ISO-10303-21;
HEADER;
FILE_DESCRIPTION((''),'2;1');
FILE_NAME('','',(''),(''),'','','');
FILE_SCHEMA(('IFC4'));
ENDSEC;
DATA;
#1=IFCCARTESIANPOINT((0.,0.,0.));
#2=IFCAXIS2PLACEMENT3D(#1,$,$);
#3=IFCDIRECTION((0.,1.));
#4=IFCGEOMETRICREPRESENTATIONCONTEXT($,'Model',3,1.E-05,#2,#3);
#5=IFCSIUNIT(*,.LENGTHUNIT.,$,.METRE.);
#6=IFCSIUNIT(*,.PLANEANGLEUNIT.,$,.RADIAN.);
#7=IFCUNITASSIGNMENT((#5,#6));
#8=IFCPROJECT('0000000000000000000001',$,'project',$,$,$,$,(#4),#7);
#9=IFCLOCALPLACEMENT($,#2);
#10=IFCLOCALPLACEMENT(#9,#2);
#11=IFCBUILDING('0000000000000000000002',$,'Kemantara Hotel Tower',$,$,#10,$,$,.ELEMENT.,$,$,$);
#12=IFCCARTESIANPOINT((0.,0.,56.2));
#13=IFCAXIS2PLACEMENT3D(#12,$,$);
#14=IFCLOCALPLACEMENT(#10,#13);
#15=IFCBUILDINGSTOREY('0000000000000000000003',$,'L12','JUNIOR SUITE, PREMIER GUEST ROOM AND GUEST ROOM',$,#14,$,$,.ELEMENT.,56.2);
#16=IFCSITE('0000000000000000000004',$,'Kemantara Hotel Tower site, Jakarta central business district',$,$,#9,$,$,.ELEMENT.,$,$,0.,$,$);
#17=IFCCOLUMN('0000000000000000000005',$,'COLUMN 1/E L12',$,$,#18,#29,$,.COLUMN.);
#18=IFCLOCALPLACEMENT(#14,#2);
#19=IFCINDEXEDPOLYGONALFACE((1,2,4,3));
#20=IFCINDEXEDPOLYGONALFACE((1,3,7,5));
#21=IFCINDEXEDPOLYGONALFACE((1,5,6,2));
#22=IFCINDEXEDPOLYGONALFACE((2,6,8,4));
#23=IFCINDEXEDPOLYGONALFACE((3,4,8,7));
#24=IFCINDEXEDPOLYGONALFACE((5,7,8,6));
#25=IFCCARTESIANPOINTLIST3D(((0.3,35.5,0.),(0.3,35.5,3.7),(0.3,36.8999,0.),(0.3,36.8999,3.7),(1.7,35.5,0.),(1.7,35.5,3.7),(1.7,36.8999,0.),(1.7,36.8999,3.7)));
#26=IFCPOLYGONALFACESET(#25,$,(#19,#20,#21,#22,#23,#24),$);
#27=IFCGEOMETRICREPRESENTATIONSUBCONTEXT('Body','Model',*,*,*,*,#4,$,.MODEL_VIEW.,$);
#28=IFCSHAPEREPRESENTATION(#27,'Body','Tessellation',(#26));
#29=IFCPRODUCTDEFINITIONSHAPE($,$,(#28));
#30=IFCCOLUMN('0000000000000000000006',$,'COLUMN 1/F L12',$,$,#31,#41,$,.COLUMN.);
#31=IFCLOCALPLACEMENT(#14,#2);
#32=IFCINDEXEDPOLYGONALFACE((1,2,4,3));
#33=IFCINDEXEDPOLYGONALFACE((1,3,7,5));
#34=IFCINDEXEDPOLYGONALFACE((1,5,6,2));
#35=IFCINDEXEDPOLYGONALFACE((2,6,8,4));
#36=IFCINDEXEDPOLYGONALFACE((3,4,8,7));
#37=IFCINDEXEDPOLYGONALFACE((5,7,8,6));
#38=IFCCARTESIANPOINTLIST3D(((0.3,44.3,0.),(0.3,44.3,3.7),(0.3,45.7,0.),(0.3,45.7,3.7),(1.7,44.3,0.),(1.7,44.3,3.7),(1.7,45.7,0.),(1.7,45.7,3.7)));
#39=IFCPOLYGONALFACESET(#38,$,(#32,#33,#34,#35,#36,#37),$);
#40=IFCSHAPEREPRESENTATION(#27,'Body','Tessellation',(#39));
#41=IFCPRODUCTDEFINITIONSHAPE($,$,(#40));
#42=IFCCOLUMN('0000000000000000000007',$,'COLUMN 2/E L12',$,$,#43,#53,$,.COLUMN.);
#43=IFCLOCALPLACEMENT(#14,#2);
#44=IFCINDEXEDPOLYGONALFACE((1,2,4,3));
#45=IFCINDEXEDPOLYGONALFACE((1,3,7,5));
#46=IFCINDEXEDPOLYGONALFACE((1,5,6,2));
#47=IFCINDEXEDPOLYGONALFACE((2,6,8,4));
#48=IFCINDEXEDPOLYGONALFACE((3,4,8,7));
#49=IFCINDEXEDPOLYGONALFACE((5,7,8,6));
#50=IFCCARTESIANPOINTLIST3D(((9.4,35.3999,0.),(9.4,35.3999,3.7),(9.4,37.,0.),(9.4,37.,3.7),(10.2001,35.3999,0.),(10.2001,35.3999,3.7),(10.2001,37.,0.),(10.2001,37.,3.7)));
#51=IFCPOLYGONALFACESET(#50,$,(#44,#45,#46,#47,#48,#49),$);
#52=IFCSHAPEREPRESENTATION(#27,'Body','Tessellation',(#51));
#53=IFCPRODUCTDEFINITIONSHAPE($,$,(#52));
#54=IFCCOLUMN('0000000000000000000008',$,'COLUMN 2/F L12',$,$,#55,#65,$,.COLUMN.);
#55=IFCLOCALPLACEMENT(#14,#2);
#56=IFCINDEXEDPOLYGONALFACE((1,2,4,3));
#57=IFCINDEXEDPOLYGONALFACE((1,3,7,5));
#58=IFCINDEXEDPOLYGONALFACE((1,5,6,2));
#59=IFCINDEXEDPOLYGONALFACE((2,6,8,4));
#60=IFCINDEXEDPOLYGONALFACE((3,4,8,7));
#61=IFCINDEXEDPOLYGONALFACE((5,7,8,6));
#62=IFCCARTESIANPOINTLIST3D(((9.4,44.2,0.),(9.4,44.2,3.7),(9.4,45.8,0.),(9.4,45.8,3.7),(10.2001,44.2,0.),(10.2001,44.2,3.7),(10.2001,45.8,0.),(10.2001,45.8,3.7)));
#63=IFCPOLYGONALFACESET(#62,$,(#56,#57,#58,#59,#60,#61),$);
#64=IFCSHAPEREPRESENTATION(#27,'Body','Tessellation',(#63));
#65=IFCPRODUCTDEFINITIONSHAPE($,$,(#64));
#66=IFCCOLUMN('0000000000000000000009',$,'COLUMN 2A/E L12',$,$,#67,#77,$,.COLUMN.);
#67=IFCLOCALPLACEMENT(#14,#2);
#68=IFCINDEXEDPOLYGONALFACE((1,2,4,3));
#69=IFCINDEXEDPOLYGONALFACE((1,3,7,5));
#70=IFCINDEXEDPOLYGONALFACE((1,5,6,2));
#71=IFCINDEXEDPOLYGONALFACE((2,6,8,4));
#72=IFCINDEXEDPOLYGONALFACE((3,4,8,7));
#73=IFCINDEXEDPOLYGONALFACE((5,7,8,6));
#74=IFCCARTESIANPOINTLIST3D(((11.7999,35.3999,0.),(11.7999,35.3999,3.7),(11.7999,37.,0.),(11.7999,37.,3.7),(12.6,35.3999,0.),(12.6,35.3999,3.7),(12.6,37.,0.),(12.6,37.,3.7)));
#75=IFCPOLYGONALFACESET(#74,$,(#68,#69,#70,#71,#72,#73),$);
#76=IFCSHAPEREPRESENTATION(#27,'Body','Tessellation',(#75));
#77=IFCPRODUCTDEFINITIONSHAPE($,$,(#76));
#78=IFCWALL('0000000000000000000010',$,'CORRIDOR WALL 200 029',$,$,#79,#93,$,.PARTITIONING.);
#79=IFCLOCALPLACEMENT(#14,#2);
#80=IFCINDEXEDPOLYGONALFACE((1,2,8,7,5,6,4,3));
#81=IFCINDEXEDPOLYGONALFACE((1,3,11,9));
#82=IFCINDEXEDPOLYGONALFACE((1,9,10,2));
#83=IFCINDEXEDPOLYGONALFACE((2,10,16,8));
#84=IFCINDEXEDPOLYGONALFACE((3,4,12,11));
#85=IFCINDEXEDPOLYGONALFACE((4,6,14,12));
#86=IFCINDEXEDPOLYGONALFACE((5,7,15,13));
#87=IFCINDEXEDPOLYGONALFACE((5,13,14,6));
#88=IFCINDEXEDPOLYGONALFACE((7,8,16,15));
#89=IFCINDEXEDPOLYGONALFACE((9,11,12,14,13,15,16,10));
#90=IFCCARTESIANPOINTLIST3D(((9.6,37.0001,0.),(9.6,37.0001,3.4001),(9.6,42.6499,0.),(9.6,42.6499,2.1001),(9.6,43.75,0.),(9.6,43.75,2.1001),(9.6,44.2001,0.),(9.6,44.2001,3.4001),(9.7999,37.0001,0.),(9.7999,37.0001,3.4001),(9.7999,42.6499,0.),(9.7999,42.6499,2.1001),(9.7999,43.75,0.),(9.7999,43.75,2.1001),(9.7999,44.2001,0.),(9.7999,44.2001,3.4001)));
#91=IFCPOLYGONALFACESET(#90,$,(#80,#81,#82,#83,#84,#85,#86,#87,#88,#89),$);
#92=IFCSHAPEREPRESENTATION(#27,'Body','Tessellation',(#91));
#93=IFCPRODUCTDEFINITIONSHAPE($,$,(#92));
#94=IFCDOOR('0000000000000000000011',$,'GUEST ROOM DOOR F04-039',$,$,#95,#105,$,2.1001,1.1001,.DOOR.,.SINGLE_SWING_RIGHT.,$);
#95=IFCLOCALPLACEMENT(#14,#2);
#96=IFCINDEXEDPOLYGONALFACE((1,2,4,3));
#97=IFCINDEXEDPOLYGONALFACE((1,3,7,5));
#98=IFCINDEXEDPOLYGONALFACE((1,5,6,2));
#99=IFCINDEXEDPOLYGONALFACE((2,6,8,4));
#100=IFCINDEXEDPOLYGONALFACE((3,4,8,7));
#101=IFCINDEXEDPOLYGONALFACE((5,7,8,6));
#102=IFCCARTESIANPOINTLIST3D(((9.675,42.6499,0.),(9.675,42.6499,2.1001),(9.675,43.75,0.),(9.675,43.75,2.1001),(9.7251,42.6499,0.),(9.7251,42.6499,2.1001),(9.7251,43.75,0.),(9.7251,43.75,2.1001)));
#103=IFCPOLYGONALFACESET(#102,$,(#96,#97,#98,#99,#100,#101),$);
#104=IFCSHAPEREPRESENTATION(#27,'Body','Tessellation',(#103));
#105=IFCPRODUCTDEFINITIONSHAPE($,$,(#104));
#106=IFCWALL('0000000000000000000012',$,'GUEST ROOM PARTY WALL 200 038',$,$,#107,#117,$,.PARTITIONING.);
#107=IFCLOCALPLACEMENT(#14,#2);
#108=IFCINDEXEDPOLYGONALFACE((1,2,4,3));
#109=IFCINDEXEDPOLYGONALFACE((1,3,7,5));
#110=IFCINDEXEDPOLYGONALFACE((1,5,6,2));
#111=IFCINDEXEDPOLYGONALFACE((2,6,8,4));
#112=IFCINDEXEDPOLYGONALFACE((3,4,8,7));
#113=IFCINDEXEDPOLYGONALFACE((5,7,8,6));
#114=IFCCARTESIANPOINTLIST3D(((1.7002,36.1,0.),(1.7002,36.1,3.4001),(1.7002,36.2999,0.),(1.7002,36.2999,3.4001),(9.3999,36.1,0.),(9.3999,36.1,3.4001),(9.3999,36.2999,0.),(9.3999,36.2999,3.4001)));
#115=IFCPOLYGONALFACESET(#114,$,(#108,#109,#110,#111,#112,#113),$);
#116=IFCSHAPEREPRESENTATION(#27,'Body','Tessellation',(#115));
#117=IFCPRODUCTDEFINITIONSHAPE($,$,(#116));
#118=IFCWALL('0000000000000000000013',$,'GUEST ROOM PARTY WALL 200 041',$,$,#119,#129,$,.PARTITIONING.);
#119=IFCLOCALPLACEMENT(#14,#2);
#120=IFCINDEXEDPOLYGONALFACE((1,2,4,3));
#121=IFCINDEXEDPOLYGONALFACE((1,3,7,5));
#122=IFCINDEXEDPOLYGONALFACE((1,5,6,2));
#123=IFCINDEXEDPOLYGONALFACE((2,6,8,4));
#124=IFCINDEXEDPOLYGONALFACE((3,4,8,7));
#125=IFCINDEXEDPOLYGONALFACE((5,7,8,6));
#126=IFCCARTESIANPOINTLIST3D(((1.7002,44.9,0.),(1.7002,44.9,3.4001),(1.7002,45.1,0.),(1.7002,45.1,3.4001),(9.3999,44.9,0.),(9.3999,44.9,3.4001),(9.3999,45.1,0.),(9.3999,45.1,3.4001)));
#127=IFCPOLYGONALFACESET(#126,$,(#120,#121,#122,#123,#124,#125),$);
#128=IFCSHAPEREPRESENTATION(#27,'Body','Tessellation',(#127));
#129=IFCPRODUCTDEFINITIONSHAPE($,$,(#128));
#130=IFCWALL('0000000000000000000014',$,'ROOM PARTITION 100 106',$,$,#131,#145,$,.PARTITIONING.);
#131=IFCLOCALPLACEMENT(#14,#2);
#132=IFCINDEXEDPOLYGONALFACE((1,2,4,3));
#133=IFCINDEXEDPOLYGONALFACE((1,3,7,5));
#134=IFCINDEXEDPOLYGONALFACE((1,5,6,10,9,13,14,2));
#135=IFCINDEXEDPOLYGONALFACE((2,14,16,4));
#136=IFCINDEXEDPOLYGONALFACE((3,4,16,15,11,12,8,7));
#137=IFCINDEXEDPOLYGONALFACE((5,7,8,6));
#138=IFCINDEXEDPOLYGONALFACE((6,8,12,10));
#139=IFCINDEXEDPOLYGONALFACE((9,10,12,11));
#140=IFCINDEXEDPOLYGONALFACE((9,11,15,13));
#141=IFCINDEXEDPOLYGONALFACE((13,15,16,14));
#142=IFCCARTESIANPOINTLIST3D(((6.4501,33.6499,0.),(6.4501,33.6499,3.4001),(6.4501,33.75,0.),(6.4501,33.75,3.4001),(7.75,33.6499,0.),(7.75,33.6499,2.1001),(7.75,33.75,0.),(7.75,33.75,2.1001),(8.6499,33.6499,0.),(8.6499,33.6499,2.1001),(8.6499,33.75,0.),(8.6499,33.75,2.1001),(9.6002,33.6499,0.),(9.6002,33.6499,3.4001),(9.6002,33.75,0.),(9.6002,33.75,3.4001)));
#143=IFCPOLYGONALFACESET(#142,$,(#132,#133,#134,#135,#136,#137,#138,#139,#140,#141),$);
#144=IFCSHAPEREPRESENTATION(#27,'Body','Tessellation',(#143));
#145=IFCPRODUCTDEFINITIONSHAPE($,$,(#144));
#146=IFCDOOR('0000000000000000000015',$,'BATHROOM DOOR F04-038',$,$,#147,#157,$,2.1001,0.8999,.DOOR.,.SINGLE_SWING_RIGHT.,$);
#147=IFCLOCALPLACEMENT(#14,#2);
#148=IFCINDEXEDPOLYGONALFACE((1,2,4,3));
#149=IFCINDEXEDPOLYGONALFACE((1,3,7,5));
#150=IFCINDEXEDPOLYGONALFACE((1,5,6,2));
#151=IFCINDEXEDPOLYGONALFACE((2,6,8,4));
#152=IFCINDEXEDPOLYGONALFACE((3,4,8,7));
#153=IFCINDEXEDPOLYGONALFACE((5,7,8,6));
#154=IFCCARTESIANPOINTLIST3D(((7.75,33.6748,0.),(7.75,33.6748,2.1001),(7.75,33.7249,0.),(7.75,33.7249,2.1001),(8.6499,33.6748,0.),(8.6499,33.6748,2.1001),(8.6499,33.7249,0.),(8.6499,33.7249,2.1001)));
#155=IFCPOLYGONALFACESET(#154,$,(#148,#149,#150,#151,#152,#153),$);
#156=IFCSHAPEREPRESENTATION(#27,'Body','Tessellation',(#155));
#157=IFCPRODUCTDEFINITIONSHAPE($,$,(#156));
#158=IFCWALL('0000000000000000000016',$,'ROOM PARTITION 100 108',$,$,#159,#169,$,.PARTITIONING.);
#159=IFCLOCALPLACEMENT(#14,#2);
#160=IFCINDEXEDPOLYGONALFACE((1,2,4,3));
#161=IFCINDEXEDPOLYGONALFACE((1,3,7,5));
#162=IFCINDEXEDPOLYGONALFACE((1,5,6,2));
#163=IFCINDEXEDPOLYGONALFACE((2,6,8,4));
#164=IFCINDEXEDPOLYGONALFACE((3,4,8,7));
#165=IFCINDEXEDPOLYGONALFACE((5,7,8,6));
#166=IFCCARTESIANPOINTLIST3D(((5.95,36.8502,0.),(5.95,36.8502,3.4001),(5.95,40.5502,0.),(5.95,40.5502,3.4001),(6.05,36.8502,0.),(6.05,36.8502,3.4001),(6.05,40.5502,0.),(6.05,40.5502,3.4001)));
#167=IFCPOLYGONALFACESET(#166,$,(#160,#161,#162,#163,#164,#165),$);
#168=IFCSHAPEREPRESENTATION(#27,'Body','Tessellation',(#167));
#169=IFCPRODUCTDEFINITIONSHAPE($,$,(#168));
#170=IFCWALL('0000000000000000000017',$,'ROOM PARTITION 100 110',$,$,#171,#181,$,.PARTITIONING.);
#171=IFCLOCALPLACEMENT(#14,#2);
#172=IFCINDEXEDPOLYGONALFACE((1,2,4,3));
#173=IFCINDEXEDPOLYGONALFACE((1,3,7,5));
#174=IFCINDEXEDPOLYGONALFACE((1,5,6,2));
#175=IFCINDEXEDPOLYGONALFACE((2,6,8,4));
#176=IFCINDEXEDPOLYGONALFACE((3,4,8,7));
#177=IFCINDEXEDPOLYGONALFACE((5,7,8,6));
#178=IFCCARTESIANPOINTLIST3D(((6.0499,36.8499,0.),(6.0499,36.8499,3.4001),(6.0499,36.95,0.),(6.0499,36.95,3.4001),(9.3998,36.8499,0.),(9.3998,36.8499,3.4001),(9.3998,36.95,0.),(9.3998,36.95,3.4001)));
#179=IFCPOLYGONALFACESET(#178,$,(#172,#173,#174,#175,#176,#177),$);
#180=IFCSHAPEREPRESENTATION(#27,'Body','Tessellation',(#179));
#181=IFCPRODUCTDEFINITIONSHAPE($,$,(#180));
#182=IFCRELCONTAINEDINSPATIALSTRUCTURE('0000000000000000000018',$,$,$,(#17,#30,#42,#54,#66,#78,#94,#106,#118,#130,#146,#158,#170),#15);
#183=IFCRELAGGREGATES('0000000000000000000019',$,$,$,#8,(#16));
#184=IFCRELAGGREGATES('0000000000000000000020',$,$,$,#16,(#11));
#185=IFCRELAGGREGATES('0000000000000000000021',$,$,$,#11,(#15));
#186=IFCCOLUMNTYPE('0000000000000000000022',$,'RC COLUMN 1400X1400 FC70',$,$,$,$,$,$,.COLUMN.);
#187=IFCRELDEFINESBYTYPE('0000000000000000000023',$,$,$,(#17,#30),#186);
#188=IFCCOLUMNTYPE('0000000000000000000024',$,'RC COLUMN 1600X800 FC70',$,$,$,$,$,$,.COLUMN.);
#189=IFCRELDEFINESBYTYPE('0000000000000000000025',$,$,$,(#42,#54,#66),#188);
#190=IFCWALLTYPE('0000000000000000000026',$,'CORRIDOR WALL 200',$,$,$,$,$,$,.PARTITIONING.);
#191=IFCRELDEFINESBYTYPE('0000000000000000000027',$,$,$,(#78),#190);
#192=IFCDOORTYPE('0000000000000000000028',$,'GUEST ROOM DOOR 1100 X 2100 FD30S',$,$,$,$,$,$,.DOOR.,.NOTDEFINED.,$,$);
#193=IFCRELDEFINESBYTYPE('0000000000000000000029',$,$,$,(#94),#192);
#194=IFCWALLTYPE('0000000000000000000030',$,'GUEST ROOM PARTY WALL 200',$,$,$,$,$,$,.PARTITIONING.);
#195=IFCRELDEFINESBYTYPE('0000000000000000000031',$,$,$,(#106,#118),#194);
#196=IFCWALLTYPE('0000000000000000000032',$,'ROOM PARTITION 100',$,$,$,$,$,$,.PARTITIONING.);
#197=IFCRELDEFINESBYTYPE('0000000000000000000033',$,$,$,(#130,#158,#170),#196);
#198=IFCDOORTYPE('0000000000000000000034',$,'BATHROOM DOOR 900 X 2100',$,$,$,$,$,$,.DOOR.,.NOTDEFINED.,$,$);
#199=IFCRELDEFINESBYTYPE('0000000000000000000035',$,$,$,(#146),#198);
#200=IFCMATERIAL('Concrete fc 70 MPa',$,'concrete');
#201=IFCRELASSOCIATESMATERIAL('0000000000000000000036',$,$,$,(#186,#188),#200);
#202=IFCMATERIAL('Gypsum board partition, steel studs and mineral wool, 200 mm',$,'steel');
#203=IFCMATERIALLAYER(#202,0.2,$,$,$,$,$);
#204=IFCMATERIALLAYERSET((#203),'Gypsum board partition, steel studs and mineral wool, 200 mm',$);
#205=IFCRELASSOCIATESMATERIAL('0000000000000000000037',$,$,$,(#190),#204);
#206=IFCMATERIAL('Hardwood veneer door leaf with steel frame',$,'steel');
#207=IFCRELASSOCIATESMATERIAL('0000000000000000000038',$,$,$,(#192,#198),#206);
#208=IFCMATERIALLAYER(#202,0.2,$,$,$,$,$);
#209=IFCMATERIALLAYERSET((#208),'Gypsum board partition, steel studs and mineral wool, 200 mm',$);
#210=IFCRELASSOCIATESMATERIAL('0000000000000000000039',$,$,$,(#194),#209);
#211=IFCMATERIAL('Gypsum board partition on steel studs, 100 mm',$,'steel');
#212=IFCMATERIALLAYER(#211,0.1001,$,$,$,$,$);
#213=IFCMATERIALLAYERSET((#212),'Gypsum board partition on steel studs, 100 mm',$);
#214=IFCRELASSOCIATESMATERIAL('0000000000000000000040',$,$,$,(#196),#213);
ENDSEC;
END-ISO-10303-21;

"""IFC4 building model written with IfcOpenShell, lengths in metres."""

from ifc_helpers import new_model, si_unit, direction, frame, frame_2d, origin, origin_2d, place, context, subcontext, project, spatial, rectangle, extrude, material, layer, layer_set, material_profile, profile_set, type_object, element, fill, save


model = new_model("IFC4")

# Units and contexts
model_context = context("Model", 3, precision=1e-05, world=origin(), true_north=direction((0.0, 1.0)))
body_context = subcontext(model_context, "Body", "Model", "MODEL_VIEW")
ifc_project = project(units=[si_unit("LENGTHUNIT", "METRE"), si_unit("PLANEANGLEUNIT", "RADIAN")], contexts=[model_context])

# Site, building, storey
site_placement = place(None, origin())
site = spatial("IfcSite", under=ifc_project, at=site_placement, Name="Kemantara Hotel Tower site, Jakarta central business district", CompositionType="ELEMENT", RefElevation=0.0)
building_placement = place(site_placement, origin())
building = spatial("IfcBuilding", under=site, at=building_placement, Name="Kemantara Hotel Tower", CompositionType="ELEMENT")
storey_placement = place(building_placement, frame((0.0, 0.0, 56.2)))
storey = spatial("IfcBuildingStorey", under=building, at=storey_placement, Name="L12", Description="JUNIOR SUITE, PREMIER GUEST ROOM AND GUEST ROOM", CompositionType="ELEMENT", Elevation=56.2)

# Columns
ifc_material_1 = material(Name="Concrete fc 70 MPa", Category="concrete")
ifc_material_profile_1 = material_profile(ifc_material_1, rectangle(XDim=1.3999, YDim=1.3999, at=origin_2d()), Name="RC 1400X1400")
ifc_profile_set_1 = profile_set([ifc_material_profile_1], Name="Concrete fc 70 MPa")
column_type_1 = type_object("IfcColumnType", Name="RC COLUMN 1400X1400 FC70", PredefinedType="COLUMN", material=ifc_profile_set_1)
for number, where, z_axis, x_axis, name in (
    (1, (1.0, 36.2, 0.0), (0.0, 0.0, 1.0), (1.0, 0.0, 0.0), "COLUMN 1/E L12"),
    (2, (1.0, 45.0, 0.0), (0.0, 0.0, 1.0), (1.0, 0.0, 0.0), "COLUMN 1/F L12"),
):
    element("IfcColumn", number, at=place(storey_placement, frame(where, z_axis=z_axis, x_axis=x_axis)), inside=storey, type_object=column_type_1, Name=name, PredefinedType="COLUMN", context=body_context, shape_type="SweptSolid", body=[
        extrude(rectangle(XDim=1.3999, YDim=1.3999, at=origin_2d()), origin(), (0.0, 0.0, 1.0), 3.7),
    ])
ifc_material_profile_2 = material_profile(ifc_material_1, rectangle(XDim=1.6001, YDim=0.8, at=origin_2d()), Name="RC 1600X800")
ifc_profile_set_2 = profile_set([ifc_material_profile_2], Name="Concrete fc 70 MPa")
column_type_2 = type_object("IfcColumnType", Name="RC COLUMN 1600X800 FC70", PredefinedType="COLUMN", material=ifc_profile_set_2)
for number, where, z_axis, x_axis, name in (
    (3, (9.8, 36.2, 0.0), (0.0, 0.0, 1.0), (0.0, 1.0, 0.0), "COLUMN 2/E L12"),
    (4, (9.8, 45.0, 0.0), (0.0, 0.0, 1.0), (0.0, 1.0, 0.0), "COLUMN 2/F L12"),
    (5, (12.2, 36.2, 0.0), (0.0, 0.0, 1.0), (0.0, 1.0, 0.0), "COLUMN 2A/E L12"),
):
    element("IfcColumn", number, at=place(storey_placement, frame(where, z_axis=z_axis, x_axis=x_axis)), inside=storey, type_object=column_type_2, Name=name, PredefinedType="COLUMN", context=body_context, shape_type="SweptSolid", body=[
        extrude(rectangle(XDim=1.6001, YDim=0.8, at=origin_2d()), origin(), (0.0, 0.0, 1.0), 3.7),
    ])

# Wall, opening, door
ifc_material_2 = material(Name="Gypsum board partition, steel studs and mineral wool, 200 mm", Category="steel")
ifc_layer_1 = layer(ifc_material_2, 0.2)
ifc_layer_set_1 = layer_set([ifc_layer_1], Name="Gypsum board partition, steel studs and mineral wool, 200 mm")
wall_type_1 = type_object("IfcWallType", Name="CORRIDOR WALL 200", PredefinedType="PARTITIONING", material=ifc_layer_set_1)
wall_1_placement = place(storey_placement, frame((9.7, 37.0, 0.0), z_axis=(0.0, 0.0, 1.0), x_axis=(0.0, 1.0, 0.0)))
wall_1 = element("IfcWall", 6, at=wall_1_placement, inside=storey, type_object=wall_type_1, Name="CORRIDOR WALL 200 029", PredefinedType="PARTITIONING", context=body_context, shape_type="SweptSolid", body=[
    extrude(rectangle(XDim=7.2, YDim=0.2, at=frame_2d((3.6001, 0.0))), origin(), (0.0, 0.0, 1.0), 3.4001),
])
opening_1_placement = place(wall_1_placement, frame((5.6499, 0.0, 0.0)))
opening_1 = element("IfcOpeningElement", 7, at=opening_1_placement, cuts=wall_1, PredefinedType="OPENING", context=body_context, shape_type="SweptSolid", body=[
    extrude(rectangle(XDim=1.1001, YDim=2.1001, at=frame_2d((0.55, 1.05))), frame((0.0, 0.1099, 0.0), z_axis=(0.0, -1.0, 0.0), x_axis=(1.0, 0.0, 0.0)), (0.0, 0.0, 1.0), 0.22),
])
ifc_material_3 = material(Name="Hardwood veneer door leaf with steel frame", Category="steel")
door_type_1 = type_object("IfcDoorType", Name="GUEST ROOM DOOR 1100 X 2100 FD30S", OperationType="NOTDEFINED", PredefinedType="DOOR", material=ifc_material_3)
door_1_placement = place(opening_1_placement, origin())
door_1 = element("IfcDoor", 8, at=door_1_placement, inside=storey, type_object=door_type_1, Name="GUEST ROOM DOOR F04-039", OperationType="SINGLE_SWING_RIGHT", OverallHeight=2.1001, OverallWidth=1.1001, PredefinedType="DOOR", context=body_context, shape_type="SweptSolid", body=[
    extrude(rectangle(XDim=1.1001, YDim=2.1001, at=frame_2d((0.55, 1.05))), frame((0.0, 0.0249, 0.0), z_axis=(0.0, -1.0, 0.0), x_axis=(1.0, 0.0, 0.0)), (0.0, 0.0, 1.0), 0.05),
])
fill(opening_1, door_1)

# Walls
ifc_layer_2 = layer(ifc_material_2, 0.2)
ifc_layer_set_2 = layer_set([ifc_layer_2], Name="Gypsum board partition, steel studs and mineral wool, 200 mm")
wall_type_2 = type_object("IfcWallType", Name="GUEST ROOM PARTY WALL 200", PredefinedType="PARTITIONING", material=ifc_layer_set_2)
for number, where, z_axis, x_axis, name in (
    (9, (1.7002, 36.2, 0.0), (0.0, 0.0, 1.0), (1.0, 0.0, 0.0), "GUEST ROOM PARTY WALL 200 038"),
    (10, (1.7002, 45.0, 0.0), (0.0, 0.0, 1.0), (1.0, 0.0, 0.0), "GUEST ROOM PARTY WALL 200 041"),
):
    element("IfcWall", number, at=place(storey_placement, frame(where, z_axis=z_axis, x_axis=x_axis)), inside=storey, type_object=wall_type_2, Name=name, PredefinedType="PARTITIONING", context=body_context, shape_type="SweptSolid", body=[
        extrude(rectangle(XDim=7.6997, YDim=0.2, at=frame_2d((3.8499, 0.0))), origin(), (0.0, 0.0, 1.0), 3.4001),
    ])

# Wall, opening, door
ifc_material_4 = material(Name="Gypsum board partition on steel studs, 100 mm", Category="steel")
ifc_layer_3 = layer(ifc_material_4, 0.1001)
ifc_layer_set_3 = layer_set([ifc_layer_3], Name="Gypsum board partition on steel studs, 100 mm")
wall_type_3 = type_object("IfcWallType", Name="ROOM PARTITION 100", PredefinedType="PARTITIONING", material=ifc_layer_set_3)
wall_2_placement = place(storey_placement, frame((6.45, 33.7, 0.0), z_axis=(0.0, 0.0, 1.0), x_axis=(1.0, 0.0, 0.0)))
wall_2 = element("IfcWall", 11, at=wall_2_placement, inside=storey, type_object=wall_type_3, Name="ROOM PARTITION 100 106", PredefinedType="PARTITIONING", context=body_context, shape_type="SweptSolid", body=[
    extrude(rectangle(XDim=3.1501, YDim=0.1001, at=frame_2d((1.5752, 0.0))), origin(), (0.0, 0.0, 1.0), 3.4001),
])
opening_2_placement = place(wall_2_placement, frame((1.3, 0.0, 0.0)))
opening_2 = element("IfcOpeningElement", 12, at=opening_2_placement, cuts=wall_2, PredefinedType="OPENING", context=body_context, shape_type="SweptSolid", body=[
    extrude(rectangle(XDim=0.8999, YDim=2.1001, at=frame_2d((0.45, 1.05))), frame((0.0, 0.0601, 0.0), z_axis=(0.0, -1.0, 0.0), x_axis=(1.0, 0.0, 0.0)), (0.0, 0.0, 1.0), 0.1201),
])
door_type_2 = type_object("IfcDoorType", Name="BATHROOM DOOR 900 X 2100", OperationType="NOTDEFINED", PredefinedType="DOOR", material=ifc_material_3)
door_2_placement = place(opening_2_placement, origin())
door_2 = element("IfcDoor", 13, at=door_2_placement, inside=storey, type_object=door_type_2, Name="BATHROOM DOOR F04-038", OperationType="SINGLE_SWING_RIGHT", OverallHeight=2.1001, OverallWidth=0.8999, PredefinedType="DOOR", context=body_context, shape_type="SweptSolid", body=[
    extrude(rectangle(XDim=0.8999, YDim=2.1001, at=frame_2d((0.45, 1.05))), frame((0.0, 0.0249, 0.0), z_axis=(0.0, -1.0, 0.0), x_axis=(1.0, 0.0, 0.0)), (0.0, 0.0, 1.0), 0.05),
])
fill(opening_2, door_2)

# Walls
wall_3_placement = place(storey_placement, frame((6.0, 36.8501, 0.0), z_axis=(0.0, 0.0, 1.0), x_axis=(0.0, 1.0, 0.0)))
element("IfcWall", 14, at=wall_3_placement, inside=storey, type_object=wall_type_3, Name="ROOM PARTITION 100 108", PredefinedType="PARTITIONING", context=body_context, shape_type="SweptSolid", body=[
    extrude(rectangle(XDim=3.7, YDim=0.1001, at=frame_2d((1.8501, 0.0))), origin(), (0.0, 0.0, 1.0), 3.4001),
])
wall_4_placement = place(storey_placement, frame((6.05, 36.8999, 0.0), z_axis=(0.0, 0.0, 1.0), x_axis=(1.0, 0.0, 0.0)))
element("IfcWall", 15, at=wall_4_placement, inside=storey, type_object=wall_type_3, Name="ROOM PARTITION 100 110", PredefinedType="PARTITIONING", context=body_context, shape_type="SweptSolid", body=[
    extrude(rectangle(XDim=3.3499, YDim=0.1001, at=frame_2d((1.6748, 0.0))), origin(), (0.0, 0.0, 1.0), 3.4001),
])

save(model, "model.ifc")
